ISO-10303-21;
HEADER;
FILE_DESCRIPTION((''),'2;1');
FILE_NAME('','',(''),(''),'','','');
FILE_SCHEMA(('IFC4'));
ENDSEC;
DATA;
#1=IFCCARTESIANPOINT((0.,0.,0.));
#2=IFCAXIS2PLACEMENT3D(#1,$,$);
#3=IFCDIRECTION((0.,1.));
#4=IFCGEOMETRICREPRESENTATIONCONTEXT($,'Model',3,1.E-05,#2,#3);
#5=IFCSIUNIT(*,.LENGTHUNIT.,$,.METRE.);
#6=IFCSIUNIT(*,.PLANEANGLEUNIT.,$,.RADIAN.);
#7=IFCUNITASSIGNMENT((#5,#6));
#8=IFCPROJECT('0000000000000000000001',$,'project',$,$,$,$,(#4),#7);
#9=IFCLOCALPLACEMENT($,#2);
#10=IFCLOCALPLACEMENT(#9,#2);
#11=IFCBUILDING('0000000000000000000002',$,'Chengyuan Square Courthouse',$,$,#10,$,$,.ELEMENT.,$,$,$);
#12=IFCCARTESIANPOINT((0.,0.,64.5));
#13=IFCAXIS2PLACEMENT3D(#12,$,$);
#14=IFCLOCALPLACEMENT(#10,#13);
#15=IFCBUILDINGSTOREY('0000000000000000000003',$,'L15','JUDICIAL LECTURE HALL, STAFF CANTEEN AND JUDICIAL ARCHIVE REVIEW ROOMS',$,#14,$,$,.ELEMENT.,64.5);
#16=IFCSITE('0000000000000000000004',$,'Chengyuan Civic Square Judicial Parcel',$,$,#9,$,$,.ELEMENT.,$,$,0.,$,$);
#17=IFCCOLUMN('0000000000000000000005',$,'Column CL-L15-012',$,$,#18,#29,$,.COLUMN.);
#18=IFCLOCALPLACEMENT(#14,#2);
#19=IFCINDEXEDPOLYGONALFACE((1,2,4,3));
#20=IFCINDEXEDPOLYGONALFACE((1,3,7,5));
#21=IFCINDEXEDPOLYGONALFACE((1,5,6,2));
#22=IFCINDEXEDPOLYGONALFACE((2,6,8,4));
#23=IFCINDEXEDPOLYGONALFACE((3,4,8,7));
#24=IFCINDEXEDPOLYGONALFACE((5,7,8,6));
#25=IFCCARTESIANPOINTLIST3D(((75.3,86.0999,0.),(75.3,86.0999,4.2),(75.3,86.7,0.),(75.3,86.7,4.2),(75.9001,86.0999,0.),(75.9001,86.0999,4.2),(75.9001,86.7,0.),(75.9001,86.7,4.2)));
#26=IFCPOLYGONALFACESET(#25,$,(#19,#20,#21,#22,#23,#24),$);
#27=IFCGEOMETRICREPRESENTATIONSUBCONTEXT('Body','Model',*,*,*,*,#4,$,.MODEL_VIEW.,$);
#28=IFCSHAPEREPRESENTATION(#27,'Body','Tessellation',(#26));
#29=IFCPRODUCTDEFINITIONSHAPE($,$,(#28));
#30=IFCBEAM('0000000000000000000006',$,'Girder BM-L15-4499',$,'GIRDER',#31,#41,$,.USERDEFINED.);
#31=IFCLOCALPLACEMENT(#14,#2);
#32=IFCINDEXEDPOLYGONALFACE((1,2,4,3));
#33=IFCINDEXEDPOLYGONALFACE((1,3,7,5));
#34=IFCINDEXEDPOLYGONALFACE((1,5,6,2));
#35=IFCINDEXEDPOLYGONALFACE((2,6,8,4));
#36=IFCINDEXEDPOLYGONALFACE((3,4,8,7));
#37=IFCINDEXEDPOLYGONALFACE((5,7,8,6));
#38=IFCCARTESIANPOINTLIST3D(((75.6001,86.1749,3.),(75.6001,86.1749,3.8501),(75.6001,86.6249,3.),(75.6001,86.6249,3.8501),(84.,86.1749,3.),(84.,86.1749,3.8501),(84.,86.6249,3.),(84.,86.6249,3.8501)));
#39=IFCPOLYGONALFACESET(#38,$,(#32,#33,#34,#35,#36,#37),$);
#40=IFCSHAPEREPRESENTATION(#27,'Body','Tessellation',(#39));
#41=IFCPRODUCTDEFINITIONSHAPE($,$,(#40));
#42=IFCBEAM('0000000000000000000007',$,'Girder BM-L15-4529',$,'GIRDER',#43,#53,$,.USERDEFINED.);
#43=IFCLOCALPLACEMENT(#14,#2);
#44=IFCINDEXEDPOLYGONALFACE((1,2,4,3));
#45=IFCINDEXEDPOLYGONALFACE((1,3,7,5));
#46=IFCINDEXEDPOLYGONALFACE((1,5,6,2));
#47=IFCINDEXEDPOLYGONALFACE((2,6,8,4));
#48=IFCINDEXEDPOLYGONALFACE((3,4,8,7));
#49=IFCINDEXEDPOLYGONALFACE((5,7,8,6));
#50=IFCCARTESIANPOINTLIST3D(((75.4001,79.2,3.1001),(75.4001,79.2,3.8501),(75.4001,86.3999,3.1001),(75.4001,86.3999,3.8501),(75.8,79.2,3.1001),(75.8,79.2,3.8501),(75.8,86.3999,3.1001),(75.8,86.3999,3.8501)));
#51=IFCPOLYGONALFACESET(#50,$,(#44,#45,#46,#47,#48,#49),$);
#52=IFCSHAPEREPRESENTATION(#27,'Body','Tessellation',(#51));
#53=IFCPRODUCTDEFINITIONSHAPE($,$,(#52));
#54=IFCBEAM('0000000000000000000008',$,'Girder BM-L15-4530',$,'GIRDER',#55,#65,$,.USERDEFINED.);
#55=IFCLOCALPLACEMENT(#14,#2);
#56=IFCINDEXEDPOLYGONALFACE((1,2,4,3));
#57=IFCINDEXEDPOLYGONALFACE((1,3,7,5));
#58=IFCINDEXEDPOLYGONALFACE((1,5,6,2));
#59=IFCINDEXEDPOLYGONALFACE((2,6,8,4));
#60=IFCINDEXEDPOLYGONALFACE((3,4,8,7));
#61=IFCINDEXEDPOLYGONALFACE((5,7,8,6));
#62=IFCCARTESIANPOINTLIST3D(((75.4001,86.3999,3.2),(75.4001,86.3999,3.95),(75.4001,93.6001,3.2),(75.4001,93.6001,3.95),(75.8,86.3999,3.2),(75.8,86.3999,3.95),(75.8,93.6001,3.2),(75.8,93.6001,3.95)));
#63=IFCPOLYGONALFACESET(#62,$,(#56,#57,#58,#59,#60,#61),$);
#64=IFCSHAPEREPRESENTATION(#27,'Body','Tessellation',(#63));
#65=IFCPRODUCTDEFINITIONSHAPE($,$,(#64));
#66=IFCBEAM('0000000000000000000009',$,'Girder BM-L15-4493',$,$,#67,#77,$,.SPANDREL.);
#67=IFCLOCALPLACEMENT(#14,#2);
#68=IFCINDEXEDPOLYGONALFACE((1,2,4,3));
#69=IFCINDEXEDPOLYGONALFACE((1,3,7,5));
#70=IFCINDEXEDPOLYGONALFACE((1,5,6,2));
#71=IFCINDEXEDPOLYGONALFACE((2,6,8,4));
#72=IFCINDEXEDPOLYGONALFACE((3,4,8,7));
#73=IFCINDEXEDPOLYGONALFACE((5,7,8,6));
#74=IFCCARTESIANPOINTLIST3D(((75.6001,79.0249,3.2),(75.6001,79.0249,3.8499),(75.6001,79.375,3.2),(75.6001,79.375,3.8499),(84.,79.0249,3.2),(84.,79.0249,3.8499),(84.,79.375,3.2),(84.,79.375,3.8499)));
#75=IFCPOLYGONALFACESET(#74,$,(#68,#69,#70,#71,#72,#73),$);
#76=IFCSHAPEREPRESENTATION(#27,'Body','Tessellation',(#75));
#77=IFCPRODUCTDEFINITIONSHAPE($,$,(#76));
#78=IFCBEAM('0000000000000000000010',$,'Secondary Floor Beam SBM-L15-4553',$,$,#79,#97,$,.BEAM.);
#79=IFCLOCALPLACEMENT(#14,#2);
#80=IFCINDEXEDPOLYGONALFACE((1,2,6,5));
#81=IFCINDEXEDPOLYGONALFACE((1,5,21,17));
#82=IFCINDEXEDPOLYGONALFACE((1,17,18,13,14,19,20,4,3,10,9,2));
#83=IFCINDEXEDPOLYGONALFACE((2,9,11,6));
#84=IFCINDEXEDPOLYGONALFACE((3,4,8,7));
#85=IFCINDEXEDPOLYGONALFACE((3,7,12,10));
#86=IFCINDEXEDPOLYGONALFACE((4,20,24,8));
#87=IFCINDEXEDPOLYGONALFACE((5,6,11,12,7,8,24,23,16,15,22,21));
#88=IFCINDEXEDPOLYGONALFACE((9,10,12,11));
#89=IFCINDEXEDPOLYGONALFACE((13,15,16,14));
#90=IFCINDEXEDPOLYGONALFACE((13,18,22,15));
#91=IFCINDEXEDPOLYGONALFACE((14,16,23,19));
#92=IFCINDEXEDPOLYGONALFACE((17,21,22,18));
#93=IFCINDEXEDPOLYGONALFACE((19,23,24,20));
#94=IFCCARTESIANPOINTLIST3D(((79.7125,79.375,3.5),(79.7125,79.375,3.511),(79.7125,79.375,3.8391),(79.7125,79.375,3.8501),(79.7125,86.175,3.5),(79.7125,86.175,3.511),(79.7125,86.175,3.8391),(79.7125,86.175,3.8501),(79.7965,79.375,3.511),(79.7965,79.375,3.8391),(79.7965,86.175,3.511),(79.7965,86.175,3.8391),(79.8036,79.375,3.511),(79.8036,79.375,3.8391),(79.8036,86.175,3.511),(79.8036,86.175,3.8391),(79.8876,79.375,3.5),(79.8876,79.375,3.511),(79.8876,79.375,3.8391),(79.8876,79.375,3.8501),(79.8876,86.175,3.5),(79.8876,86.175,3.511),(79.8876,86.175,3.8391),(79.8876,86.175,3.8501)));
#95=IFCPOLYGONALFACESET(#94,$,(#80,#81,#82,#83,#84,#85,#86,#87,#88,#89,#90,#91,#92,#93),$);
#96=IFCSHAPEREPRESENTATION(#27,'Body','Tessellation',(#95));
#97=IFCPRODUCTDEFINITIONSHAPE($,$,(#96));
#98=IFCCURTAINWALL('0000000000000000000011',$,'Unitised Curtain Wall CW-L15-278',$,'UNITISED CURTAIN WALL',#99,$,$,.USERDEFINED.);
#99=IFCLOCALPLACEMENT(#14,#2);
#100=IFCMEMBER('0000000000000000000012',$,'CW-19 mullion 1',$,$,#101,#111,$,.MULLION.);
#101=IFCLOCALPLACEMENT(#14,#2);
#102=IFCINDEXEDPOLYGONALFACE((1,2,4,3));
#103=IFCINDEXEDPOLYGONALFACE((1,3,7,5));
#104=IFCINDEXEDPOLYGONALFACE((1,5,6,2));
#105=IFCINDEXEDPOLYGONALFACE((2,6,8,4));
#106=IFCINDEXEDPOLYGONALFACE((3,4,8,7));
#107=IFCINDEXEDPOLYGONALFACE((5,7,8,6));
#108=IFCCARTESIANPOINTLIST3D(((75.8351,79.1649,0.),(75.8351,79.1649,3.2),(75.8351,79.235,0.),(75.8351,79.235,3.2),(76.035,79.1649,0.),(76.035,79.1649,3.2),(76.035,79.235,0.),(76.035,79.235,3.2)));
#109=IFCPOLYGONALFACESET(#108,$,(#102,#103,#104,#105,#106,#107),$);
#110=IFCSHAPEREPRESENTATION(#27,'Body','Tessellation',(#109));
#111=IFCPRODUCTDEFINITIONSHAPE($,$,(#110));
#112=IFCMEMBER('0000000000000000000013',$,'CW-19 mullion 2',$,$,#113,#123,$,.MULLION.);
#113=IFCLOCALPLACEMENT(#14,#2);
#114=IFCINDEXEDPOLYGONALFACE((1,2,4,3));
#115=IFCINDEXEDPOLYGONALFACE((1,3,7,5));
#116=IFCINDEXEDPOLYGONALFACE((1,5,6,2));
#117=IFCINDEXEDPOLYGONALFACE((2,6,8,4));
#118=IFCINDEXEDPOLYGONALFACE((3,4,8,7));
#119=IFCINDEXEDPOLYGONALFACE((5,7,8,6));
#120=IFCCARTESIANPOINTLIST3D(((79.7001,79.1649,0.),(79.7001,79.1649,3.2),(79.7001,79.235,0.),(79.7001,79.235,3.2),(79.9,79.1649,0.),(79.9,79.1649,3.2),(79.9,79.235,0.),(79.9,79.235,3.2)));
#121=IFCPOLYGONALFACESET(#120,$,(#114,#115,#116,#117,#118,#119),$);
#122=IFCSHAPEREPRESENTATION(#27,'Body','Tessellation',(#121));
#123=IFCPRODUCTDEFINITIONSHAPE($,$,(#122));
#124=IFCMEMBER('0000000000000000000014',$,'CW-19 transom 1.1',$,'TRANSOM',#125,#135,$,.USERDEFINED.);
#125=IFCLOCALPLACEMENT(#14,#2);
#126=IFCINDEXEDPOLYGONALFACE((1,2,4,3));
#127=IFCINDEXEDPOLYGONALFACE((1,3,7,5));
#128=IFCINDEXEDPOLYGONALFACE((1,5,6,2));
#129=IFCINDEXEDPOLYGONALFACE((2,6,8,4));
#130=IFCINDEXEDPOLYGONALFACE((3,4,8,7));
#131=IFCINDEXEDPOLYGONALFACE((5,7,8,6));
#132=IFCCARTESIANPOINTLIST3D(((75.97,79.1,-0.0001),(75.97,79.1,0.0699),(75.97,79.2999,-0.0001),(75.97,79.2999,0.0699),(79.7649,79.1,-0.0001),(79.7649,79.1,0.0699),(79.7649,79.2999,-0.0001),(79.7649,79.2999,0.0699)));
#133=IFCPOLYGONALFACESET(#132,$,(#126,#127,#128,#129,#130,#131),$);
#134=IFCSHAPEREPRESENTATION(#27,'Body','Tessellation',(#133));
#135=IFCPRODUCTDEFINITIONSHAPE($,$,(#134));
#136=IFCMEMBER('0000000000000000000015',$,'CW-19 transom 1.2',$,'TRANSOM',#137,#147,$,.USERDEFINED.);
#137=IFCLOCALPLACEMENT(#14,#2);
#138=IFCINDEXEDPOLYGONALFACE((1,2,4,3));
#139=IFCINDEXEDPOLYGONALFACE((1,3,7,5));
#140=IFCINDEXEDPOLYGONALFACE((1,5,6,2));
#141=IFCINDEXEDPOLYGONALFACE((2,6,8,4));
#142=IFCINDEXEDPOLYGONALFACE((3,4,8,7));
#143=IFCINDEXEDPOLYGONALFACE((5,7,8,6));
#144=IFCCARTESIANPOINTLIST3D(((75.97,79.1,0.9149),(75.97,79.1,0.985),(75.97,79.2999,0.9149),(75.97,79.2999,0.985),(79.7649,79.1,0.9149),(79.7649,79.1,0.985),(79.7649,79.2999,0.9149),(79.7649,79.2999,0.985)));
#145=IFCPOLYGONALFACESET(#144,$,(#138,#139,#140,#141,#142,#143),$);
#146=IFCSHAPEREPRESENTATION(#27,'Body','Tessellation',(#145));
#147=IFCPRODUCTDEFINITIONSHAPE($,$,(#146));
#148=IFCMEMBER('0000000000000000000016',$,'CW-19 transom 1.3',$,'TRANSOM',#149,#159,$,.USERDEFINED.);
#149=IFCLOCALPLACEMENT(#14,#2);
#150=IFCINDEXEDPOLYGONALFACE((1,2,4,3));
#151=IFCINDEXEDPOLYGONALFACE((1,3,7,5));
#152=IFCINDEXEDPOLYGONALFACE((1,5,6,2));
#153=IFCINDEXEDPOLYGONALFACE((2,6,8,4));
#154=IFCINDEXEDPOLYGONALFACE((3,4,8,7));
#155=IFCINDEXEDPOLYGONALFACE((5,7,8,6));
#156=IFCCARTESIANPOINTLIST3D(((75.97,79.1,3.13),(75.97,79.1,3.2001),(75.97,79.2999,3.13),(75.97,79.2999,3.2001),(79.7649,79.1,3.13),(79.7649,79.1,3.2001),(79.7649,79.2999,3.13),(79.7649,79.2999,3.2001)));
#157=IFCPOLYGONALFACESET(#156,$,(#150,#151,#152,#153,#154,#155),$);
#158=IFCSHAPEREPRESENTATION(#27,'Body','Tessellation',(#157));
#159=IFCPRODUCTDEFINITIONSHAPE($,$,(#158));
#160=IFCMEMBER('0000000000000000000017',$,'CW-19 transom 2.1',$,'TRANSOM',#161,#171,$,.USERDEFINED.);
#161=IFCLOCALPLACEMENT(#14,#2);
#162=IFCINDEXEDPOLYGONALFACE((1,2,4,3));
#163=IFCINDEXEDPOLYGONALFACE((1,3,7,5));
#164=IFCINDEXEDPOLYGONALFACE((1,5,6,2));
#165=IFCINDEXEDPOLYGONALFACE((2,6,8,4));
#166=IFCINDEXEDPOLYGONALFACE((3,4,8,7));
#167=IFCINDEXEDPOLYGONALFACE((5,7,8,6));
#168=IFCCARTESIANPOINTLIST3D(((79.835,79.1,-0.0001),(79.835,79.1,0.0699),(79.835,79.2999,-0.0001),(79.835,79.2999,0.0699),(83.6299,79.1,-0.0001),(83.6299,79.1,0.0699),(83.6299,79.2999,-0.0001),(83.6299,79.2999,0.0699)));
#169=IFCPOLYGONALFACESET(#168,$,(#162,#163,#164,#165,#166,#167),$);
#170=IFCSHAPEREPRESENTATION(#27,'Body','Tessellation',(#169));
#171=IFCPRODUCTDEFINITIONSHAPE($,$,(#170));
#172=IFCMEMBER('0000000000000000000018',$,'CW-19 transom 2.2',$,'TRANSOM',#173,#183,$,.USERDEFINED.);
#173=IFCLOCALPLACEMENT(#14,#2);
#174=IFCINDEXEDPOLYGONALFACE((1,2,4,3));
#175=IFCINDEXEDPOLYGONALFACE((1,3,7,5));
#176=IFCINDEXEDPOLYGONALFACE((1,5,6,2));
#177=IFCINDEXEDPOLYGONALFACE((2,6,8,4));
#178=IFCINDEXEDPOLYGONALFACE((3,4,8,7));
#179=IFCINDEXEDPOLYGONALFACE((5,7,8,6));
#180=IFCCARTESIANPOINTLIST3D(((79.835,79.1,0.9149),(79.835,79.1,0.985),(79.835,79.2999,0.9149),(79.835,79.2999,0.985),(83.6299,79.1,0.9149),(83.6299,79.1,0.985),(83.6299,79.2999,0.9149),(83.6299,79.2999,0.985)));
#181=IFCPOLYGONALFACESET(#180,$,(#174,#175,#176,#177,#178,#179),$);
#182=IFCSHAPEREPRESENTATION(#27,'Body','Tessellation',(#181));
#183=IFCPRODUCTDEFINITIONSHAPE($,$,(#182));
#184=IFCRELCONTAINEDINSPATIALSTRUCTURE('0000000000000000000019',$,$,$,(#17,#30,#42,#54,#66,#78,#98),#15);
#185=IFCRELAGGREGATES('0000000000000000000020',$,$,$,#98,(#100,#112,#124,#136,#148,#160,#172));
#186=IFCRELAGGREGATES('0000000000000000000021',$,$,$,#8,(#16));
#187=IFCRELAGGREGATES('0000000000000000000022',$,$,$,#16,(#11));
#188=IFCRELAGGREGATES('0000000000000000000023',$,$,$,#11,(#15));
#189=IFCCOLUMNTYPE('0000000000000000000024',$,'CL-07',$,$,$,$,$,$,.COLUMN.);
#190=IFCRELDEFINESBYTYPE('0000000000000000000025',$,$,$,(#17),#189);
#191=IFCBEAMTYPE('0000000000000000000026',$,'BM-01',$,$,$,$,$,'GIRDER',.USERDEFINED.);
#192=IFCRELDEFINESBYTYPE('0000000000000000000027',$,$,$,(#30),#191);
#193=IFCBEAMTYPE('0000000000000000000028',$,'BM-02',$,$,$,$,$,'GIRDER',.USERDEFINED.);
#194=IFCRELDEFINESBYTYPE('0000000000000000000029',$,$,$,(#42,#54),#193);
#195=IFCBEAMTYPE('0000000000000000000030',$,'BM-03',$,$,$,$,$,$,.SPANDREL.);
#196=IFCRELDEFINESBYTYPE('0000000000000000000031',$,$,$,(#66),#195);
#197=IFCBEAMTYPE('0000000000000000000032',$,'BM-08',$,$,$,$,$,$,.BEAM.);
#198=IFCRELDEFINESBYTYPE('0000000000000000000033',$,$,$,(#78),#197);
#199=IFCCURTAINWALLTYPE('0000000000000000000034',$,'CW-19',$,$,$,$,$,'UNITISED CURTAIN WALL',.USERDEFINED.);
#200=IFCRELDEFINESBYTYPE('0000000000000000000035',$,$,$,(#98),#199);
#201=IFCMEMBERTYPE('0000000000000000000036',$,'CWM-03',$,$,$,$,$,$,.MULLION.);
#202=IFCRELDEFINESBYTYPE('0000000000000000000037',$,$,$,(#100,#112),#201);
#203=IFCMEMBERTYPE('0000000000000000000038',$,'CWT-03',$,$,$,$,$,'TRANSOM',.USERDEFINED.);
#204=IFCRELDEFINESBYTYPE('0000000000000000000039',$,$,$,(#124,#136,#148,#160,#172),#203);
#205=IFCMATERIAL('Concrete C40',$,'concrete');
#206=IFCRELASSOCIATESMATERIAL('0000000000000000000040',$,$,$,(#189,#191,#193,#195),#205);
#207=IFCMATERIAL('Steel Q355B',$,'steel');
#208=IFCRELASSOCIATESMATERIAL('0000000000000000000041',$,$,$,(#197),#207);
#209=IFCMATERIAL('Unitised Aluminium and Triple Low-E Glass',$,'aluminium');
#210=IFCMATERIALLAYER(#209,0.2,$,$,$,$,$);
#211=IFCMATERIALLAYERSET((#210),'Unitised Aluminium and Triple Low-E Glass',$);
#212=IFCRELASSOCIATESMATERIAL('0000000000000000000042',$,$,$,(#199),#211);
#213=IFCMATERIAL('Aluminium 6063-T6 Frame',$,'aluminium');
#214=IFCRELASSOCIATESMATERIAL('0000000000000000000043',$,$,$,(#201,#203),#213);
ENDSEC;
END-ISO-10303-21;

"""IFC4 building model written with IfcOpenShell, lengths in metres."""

from ifc_helpers import new_model, si_unit, direction, frame, origin, origin_2d, place, context, subcontext, project, spatial, rectangle, i_section, extrude, material, layer, layer_set, material_profile, profile_set, type_object, element, aggregate, save


model = new_model("IFC4")

# Units and contexts
model_context = context("Model", 3, precision=1e-05, world=origin(), true_north=direction((0.0, 1.0)))
body_context = subcontext(model_context, "Body", "Model", "MODEL_VIEW")
ifc_project = project(units=[si_unit("LENGTHUNIT", "METRE"), si_unit("PLANEANGLEUNIT", "RADIAN")], contexts=[model_context])

# Site, building, storey
site_placement = place(None, origin())
site = spatial("IfcSite", under=ifc_project, at=site_placement, Name="Chengyuan Civic Square Judicial Parcel", CompositionType="ELEMENT", RefElevation=0.0)
building_placement = place(site_placement, origin())
building = spatial("IfcBuilding", under=site, at=building_placement, Name="Chengyuan Square Courthouse", CompositionType="ELEMENT")
storey_placement = place(building_placement, frame((0.0, 0.0, 64.5)))
storey = spatial("IfcBuildingStorey", under=building, at=storey_placement, Name="L15", Description="JUDICIAL LECTURE HALL, STAFF CANTEEN AND JUDICIAL ARCHIVE REVIEW ROOMS", CompositionType="ELEMENT", Elevation=64.5)

# Column
ifc_material_1 = material(Name="Concrete C40", Category="concrete")
ifc_material_profile_1 = material_profile(ifc_material_1, rectangle(XDim=0.6001, YDim=0.6001, at=origin_2d()), Name="RC-COL-600x600")
ifc_profile_set_1 = profile_set([ifc_material_profile_1], Name="Concrete C40")
column_type = type_object("IfcColumnType", Name="CL-07", PredefinedType="COLUMN", material=ifc_profile_set_1)
column_placement = place(storey_placement, frame((75.6001, 86.3999, 0.0), z_axis=(0.0, 0.0, 1.0), x_axis=(1.0, 0.0, 0.0)))
element("IfcColumn", 1, at=column_placement, inside=storey, type_object=column_type, Name="Column CL-L15-012", PredefinedType="COLUMN", context=body_context, shape_type="SweptSolid", body=[
    extrude(rectangle(XDim=0.6001, YDim=0.6001, at=origin_2d()), origin(), (0.0, 0.0, 1.0), 4.2),
])

# Beams
ifc_material_profile_2 = material_profile(ifc_material_1, rectangle(XDim=0.45, YDim=0.8501, at=origin_2d()), Name="RC-BM-450x850")
ifc_profile_set_2 = profile_set([ifc_material_profile_2], Name="Concrete C40")
beam_type_1 = type_object("IfcBeamType", Name="BM-01", ElementType="GIRDER", PredefinedType="USERDEFINED", material=ifc_profile_set_2)
beam_1_placement = place(storey_placement, frame((75.6001, 86.3999, 3.425), z_axis=(1.0, 0.0, 0.0), x_axis=(0.0, 1.0, 0.0)))
element("IfcBeam", 2, at=beam_1_placement, inside=storey, type_object=beam_type_1, Name="Girder BM-L15-4499", ObjectType="GIRDER", PredefinedType="USERDEFINED", context=body_context, shape_type="SweptSolid", body=[
    extrude(rectangle(XDim=0.45, YDim=0.8501, at=origin_2d()), origin(), (0.0, 0.0, 1.0), 8.3999),
])
ifc_material_profile_3 = material_profile(ifc_material_1, rectangle(XDim=0.3999, YDim=0.75, at=origin_2d()), Name="RC-BM-400x750")
ifc_profile_set_3 = profile_set([ifc_material_profile_3], Name="Concrete C40")
beam_type_2 = type_object("IfcBeamType", Name="BM-02", ElementType="GIRDER", PredefinedType="USERDEFINED", material=ifc_profile_set_3)
beam_2_placement = place(storey_placement, frame((75.6001, 79.2, 3.4751), z_axis=(0.0, 1.0, 0.0), x_axis=(-1.0, 0.0, 0.0)))
element("IfcBeam", 3, at=beam_2_placement, inside=storey, type_object=beam_type_2, Name="Girder BM-L15-4529", ObjectType="GIRDER", PredefinedType="USERDEFINED", context=body_context, shape_type="SweptSolid", body=[
    extrude(rectangle(XDim=0.3999, YDim=0.75, at=origin_2d()), origin(), (0.0, 0.0, 1.0), 7.2),
])
beam_3_placement = place(storey_placement, frame((75.6001, 86.3999, 3.575), z_axis=(0.0, 1.0, 0.0), x_axis=(-1.0, 0.0, 0.0)))
element("IfcBeam", 4, at=beam_3_placement, inside=storey, type_object=beam_type_2, Name="Girder BM-L15-4530", ObjectType="GIRDER", PredefinedType="USERDEFINED", context=body_context, shape_type="SweptSolid", body=[
    extrude(rectangle(XDim=0.3999, YDim=0.75, at=origin_2d()), origin(), (0.0, 0.0, 1.0), 7.2002),
])
ifc_material_profile_4 = material_profile(ifc_material_1, rectangle(XDim=0.3501, YDim=0.6499, at=origin_2d()), Name="RC-BM-350x650")
ifc_profile_set_4 = profile_set([ifc_material_profile_4], Name="Concrete C40")
beam_type_3 = type_object("IfcBeamType", Name="BM-03", PredefinedType="SPANDREL", material=ifc_profile_set_4)
beam_4_placement = place(storey_placement, frame((75.6001, 79.2, 3.5249), z_axis=(1.0, 0.0, 0.0), x_axis=(0.0, 1.0, 0.0)))
element("IfcBeam", 5, at=beam_4_placement, inside=storey, type_object=beam_type_3, Name="Girder BM-L15-4493", PredefinedType="SPANDREL", context=body_context, shape_type="SweptSolid", body=[
    extrude(rectangle(XDim=0.3501, YDim=0.6499, at=origin_2d()), origin(), (0.0, 0.0, 1.0), 8.3999),
])
ifc_material_2 = material(Name="Steel Q355B", Category="steel")
ifc_material_profile_5 = material_profile(ifc_material_2, i_section(OverallWidth=0.175, OverallDepth=0.3501, WebThickness=0.0071, FlangeThickness=0.011, at=origin_2d()), Name="HN 350x175x7x11")
ifc_profile_set_5 = profile_set([ifc_material_profile_5], Name="Steel Q355B")
beam_type_4 = type_object("IfcBeamType", Name="BM-08", PredefinedType="BEAM", material=ifc_profile_set_5)
beam_5_placement = place(storey_placement, frame((79.8, 79.375, 3.675), z_axis=(0.0, 1.0, 0.0), x_axis=(-1.0, 0.0, 0.0)))
element("IfcBeam", 6, at=beam_5_placement, inside=storey, type_object=beam_type_4, Name="Secondary Floor Beam SBM-L15-4553", PredefinedType="BEAM", context=body_context, shape_type="SweptSolid", body=[
    extrude(i_section(OverallWidth=0.175, OverallDepth=0.3501, WebThickness=0.0071, FlangeThickness=0.011, at=origin_2d()), origin(), (0.0, 0.0, 1.0), 6.8),
])

# Curtain wall, members
ifc_material_3 = material(Name="Unitised Aluminium and Triple Low-E Glass", Category="aluminium")
ifc_layer_1 = layer(ifc_material_3, 0.2)
ifc_layer_set_1 = layer_set([ifc_layer_1], Name="Unitised Aluminium and Triple Low-E Glass")
curtain_wall_type = type_object("IfcCurtainWallType", Name="CW-19", ElementType="UNITISED CURTAIN WALL", PredefinedType="USERDEFINED", material=ifc_layer_set_1)
curtain_wall_placement = place(storey_placement, origin())
curtain_wall = element("IfcCurtainWall", 7, at=curtain_wall_placement, inside=storey, type_object=curtain_wall_type, Name="Unitised Curtain Wall CW-L15-278", ObjectType="UNITISED CURTAIN WALL", PredefinedType="USERDEFINED")
ifc_material_4 = material(Name="Aluminium 6063-T6 Frame", Category="aluminium")
ifc_material_profile_6 = material_profile(ifc_material_4, rectangle(XDim=0.0701, YDim=0.2, at=origin_2d()), Name="CW-MUL-70x200")
ifc_profile_set_6 = profile_set([ifc_material_profile_6], Name="Aluminium 6063-T6 Frame")
member_type_1 = type_object("IfcMemberType", Name="CWM-03", PredefinedType="MULLION", material=ifc_profile_set_6)
member_1_placement = place(storey_placement, frame((75.9351, 79.2, 0.0), z_axis=(0.0, 0.0, 1.0), x_axis=(0.0, 1.0, 0.0)))
member_1 = element("IfcMember", 8, at=member_1_placement, type_object=member_type_1, Name="CW-19 mullion 1", PredefinedType="MULLION", context=body_context, shape_type="SweptSolid", body=[
    extrude(rectangle(XDim=0.0701, YDim=0.2, at=origin_2d()), origin(), (0.0, 0.0, 1.0), 3.2),
])
member_2_placement = place(storey_placement, frame((79.8, 79.2, 0.0), z_axis=(0.0, 0.0, 1.0), x_axis=(0.0, 1.0, 0.0)))
member_2 = element("IfcMember", 9, at=member_2_placement, type_object=member_type_1, Name="CW-19 mullion 2", PredefinedType="MULLION", context=body_context, shape_type="SweptSolid", body=[
    extrude(rectangle(XDim=0.0701, YDim=0.2, at=origin_2d()), origin(), (0.0, 0.0, 1.0), 3.2),
])
ifc_material_profile_7 = material_profile(ifc_material_4, rectangle(XDim=0.2, YDim=0.0701, at=origin_2d()), Name="CW-TRN-70x160")
ifc_profile_set_7 = profile_set([ifc_material_profile_7], Name="Aluminium 6063-T6 Frame")
member_type_2 = type_object("IfcMemberType", Name="CWT-03", ElementType="TRANSOM", PredefinedType="USERDEFINED", material=ifc_profile_set_7)
member_3_placement = place(storey_placement, frame((75.97, 79.2, 0.0349), z_axis=(1.0, 0.0, 0.0), x_axis=(0.0, 1.0, 0.0)))
member_3 = element("IfcMember", 10, at=member_3_placement, type_object=member_type_2, Name="CW-19 transom 1.1", ObjectType="TRANSOM", PredefinedType="USERDEFINED", context=body_context, shape_type="SweptSolid", body=[
    extrude(rectangle(XDim=0.2, YDim=0.0701, at=origin_2d()), origin(), (0.0, 0.0, 1.0), 3.7949),
])
member_4_placement = place(storey_placement, frame((75.97, 79.2, 0.95), z_axis=(1.0, 0.0, 0.0), x_axis=(0.0, 1.0, 0.0)))
member_4 = element("IfcMember", 11, at=member_4_placement, type_object=member_type_2, Name="CW-19 transom 1.2", ObjectType="TRANSOM", PredefinedType="USERDEFINED", context=body_context, shape_type="SweptSolid", body=[
    extrude(rectangle(XDim=0.2, YDim=0.0701, at=origin_2d()), origin(), (0.0, 0.0, 1.0), 3.7949),
])
member_5_placement = place(storey_placement, frame((75.97, 79.2, 3.165), z_axis=(1.0, 0.0, 0.0), x_axis=(0.0, 1.0, 0.0)))
member_5 = element("IfcMember", 12, at=member_5_placement, type_object=member_type_2, Name="CW-19 transom 1.3", ObjectType="TRANSOM", PredefinedType="USERDEFINED", context=body_context, shape_type="SweptSolid", body=[
    extrude(rectangle(XDim=0.2, YDim=0.0701, at=origin_2d()), origin(), (0.0, 0.0, 1.0), 3.7949),
])
member_6_placement = place(storey_placement, frame((79.835, 79.2, 0.0349), z_axis=(1.0, 0.0, 0.0), x_axis=(0.0, 1.0, 0.0)))
member_6 = element("IfcMember", 13, at=member_6_placement, type_object=member_type_2, Name="CW-19 transom 2.1", ObjectType="TRANSOM", PredefinedType="USERDEFINED", context=body_context, shape_type="SweptSolid", body=[
    extrude(rectangle(XDim=0.2, YDim=0.0701, at=origin_2d()), origin(), (0.0, 0.0, 1.0), 3.7949),
])
member_7_placement = place(storey_placement, frame((79.835, 79.2, 0.95), z_axis=(1.0, 0.0, 0.0), x_axis=(0.0, 1.0, 0.0)))
member_7 = element("IfcMember", 14, at=member_7_placement, type_object=member_type_2, Name="CW-19 transom 2.2", ObjectType="TRANSOM", PredefinedType="USERDEFINED", context=body_context, shape_type="SweptSolid", body=[
    extrude(rectangle(XDim=0.2, YDim=0.0701, at=origin_2d()), origin(), (0.0, 0.0, 1.0), 3.7949),
])
aggregate(curtain_wall, [member_1, member_2, member_3, member_4, member_5, member_6, member_7])

save(model, "model.ifc")
